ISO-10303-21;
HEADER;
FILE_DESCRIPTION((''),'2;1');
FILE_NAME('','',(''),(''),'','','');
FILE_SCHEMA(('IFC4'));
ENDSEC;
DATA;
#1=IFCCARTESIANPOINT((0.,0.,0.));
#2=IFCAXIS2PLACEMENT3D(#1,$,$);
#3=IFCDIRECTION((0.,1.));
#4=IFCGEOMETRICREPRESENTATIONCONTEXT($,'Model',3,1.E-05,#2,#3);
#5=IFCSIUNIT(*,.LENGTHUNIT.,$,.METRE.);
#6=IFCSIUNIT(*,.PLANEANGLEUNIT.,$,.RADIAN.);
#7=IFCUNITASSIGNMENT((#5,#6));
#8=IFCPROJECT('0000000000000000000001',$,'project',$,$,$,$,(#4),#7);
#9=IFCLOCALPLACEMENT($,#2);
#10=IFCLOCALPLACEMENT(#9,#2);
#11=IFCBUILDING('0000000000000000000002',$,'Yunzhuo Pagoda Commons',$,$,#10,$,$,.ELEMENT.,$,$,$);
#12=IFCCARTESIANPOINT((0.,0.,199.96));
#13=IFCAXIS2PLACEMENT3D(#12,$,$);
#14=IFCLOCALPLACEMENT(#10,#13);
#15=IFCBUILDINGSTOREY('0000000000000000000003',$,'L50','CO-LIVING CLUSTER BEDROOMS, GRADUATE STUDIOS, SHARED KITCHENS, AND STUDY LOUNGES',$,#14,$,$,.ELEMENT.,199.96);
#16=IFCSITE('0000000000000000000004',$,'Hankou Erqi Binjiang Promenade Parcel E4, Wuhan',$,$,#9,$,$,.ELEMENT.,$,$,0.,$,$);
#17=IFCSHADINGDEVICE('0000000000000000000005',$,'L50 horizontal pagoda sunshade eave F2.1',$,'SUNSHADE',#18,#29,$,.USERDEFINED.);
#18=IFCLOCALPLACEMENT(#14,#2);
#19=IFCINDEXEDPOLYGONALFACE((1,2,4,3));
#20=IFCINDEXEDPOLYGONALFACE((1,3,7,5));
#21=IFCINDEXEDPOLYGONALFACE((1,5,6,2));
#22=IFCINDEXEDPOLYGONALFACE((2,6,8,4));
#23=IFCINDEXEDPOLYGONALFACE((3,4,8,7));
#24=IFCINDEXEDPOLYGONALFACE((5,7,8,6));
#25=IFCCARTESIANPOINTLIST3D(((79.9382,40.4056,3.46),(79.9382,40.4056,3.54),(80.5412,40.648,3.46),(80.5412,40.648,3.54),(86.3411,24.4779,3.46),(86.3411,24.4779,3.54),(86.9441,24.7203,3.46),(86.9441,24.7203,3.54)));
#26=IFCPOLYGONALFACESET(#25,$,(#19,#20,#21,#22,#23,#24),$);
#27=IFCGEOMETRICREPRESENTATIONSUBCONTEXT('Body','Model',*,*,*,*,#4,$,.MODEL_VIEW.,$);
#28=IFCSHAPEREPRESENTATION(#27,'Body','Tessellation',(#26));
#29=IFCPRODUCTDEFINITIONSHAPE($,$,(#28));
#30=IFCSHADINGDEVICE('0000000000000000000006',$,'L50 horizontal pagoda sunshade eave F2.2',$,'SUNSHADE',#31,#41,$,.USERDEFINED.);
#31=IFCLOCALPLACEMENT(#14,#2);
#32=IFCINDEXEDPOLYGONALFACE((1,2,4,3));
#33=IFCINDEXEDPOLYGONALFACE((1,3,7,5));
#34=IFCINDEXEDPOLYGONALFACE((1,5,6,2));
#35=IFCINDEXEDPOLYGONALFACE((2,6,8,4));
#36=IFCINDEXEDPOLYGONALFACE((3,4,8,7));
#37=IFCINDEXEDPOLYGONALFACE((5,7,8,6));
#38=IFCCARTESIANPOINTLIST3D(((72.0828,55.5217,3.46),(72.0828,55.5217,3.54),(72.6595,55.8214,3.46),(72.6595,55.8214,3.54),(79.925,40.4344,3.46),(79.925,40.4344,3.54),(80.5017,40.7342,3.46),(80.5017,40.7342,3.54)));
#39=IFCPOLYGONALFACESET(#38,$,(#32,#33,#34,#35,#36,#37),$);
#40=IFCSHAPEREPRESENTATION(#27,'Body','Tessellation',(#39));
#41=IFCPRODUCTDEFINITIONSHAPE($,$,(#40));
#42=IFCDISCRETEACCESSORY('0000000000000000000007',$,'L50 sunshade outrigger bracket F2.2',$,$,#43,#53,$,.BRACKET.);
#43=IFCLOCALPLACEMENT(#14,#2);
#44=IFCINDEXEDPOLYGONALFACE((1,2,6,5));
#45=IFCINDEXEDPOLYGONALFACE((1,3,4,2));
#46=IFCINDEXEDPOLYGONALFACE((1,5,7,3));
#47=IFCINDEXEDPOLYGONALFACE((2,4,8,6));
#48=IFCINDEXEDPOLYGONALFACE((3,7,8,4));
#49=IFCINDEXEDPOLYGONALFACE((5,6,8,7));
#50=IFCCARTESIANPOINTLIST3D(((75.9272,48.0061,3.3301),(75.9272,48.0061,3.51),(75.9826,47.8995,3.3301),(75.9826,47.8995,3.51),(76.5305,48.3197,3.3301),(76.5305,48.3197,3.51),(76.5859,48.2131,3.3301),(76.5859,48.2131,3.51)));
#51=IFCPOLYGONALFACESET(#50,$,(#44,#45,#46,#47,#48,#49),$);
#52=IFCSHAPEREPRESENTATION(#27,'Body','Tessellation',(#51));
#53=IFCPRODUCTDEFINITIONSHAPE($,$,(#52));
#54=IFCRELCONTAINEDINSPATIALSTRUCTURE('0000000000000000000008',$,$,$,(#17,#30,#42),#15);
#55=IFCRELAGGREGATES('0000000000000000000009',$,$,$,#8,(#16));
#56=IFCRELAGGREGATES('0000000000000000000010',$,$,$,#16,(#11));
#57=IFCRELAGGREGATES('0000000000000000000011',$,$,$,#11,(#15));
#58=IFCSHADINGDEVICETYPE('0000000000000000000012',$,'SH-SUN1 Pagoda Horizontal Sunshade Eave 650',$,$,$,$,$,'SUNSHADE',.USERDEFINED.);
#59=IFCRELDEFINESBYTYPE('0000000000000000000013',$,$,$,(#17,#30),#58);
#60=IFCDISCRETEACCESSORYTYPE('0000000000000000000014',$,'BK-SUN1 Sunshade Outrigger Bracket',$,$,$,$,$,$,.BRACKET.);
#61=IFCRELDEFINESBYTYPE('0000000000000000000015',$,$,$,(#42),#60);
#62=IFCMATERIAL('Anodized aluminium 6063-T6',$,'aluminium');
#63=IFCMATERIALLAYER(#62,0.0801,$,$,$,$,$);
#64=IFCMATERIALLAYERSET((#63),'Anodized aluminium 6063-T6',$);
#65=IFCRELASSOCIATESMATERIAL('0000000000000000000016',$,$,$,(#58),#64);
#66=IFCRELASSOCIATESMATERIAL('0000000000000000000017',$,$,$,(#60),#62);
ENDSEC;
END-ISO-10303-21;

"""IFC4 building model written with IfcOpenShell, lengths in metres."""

from ifc_helpers import new_model, si_unit, direction, frame, origin, origin_2d, place, context, subcontext, project, spatial, rectangle, extrude, source, transform, mapped, material, layer, layer_set, type_object, element, save


model = new_model("IFC4")

# Units and contexts
model_context = context("Model", 3, precision=1e-05, world=origin(), true_north=direction((0.0, 1.0)))
body_context = subcontext(model_context, "Body", "Model", "MODEL_VIEW")
ifc_project = project(units=[si_unit("LENGTHUNIT", "METRE"), si_unit("PLANEANGLEUNIT", "RADIAN")], contexts=[model_context])

# Site, building, storey
site_placement = place(None, origin())
site = spatial("IfcSite", under=ifc_project, at=site_placement, Name="Hankou Erqi Binjiang Promenade Parcel E4, Wuhan", CompositionType="ELEMENT", RefElevation=0.0)
building_placement = place(site_placement, origin())
building = spatial("IfcBuilding", under=site, at=building_placement, Name="Yunzhuo Pagoda Commons", CompositionType="ELEMENT")
storey_placement = place(building_placement, frame((0.0, 0.0, 199.96)))
storey = spatial("IfcBuildingStorey", under=building, at=storey_placement, Name="L50", Description="CO-LIVING CLUSTER BEDROOMS, GRADUATE STUDIOS, SHARED KITCHENS, AND STUDY LOUNGES", CompositionType="ELEMENT", Elevation=199.96)

# Shared definitions
ifc_material_1 = material(Name="Anodized aluminium 6063-T6", Category="aluminium")

# Shading devices
ifc_layer_1 = layer(ifc_material_1, 0.0801)
ifc_layer_set_1 = layer_set([ifc_layer_1], Name="Anodized aluminium 6063-T6")
shading_device_type = type_object("IfcShadingDeviceType", Name="SH-SUN1 Pagoda Horizontal Sunshade Eave 650", ElementType="SUNSHADE", PredefinedType="USERDEFINED", material=ifc_layer_set_1)
shared_shape_1 = source(origin(), body_context, "Body", "SweptSolid", [
    extrude(rectangle(XDim=17.1665, YDim=0.6499, at=origin_2d()), origin(), (0.0, 0.0, 1.0), 0.0801),
])
shading_device_1_placement = place(storey_placement, frame((83.4412, 32.563, 3.46), z_axis=(0.0, 0.0, 1.0), x_axis=(-0.372988, 0.927836, 0.0)))
element("IfcShadingDevice", 1, at=shading_device_1_placement, inside=storey, type_object=shading_device_type, Name="L50 horizontal pagoda sunshade eave F2.1", ObjectType="SUNSHADE", PredefinedType="USERDEFINED", context=body_context, shape_type="MappedRepresentation", body=[
    mapped(shared_shape_1, transform((0.0, 0.0, 0.0), scale=1.0)),
])
shared_shape_2 = source(origin(), body_context, "Body", "SweptSolid", [
    extrude(rectangle(XDim=17.0037, YDim=0.6499, at=origin_2d()), origin(), (0.0, 0.0, 1.0), 0.0801),
])
shading_device_2_placement = place(storey_placement, frame((76.2922, 48.1279, 3.46), z_axis=(0.0, 0.0, 1.0), x_axis=(-0.461207, 0.887293, 0.0)))
element("IfcShadingDevice", 2, at=shading_device_2_placement, inside=storey, type_object=shading_device_type, Name="L50 horizontal pagoda sunshade eave F2.2", ObjectType="SUNSHADE", PredefinedType="USERDEFINED", context=body_context, shape_type="MappedRepresentation", body=[
    mapped(shared_shape_2, transform((0.0, 0.0, 0.0), scale=1.0)),
])

# Discrete accessory
discrete_accessory_type = type_object("IfcDiscreteAccessoryType", Name="BK-SUN1 Sunshade Outrigger Bracket", PredefinedType="BRACKET", material=ifc_material_1)
shared_shape_3 = source(origin(), body_context, "Body", "SweptSolid", [
    extrude(rectangle(XDim=0.1201, YDim=0.6799, at=origin_2d()), origin(), (0.0, 0.0, 1.0), 0.1799),
])
discrete_accessory_placement = place(storey_placement, frame((76.2566, 48.1096, 3.3301), z_axis=(0.0, 0.0, 1.0), x_axis=(-0.461207, 0.887293, 0.0)))
element("IfcDiscreteAccessory", 3, at=discrete_accessory_placement, inside=storey, type_object=discrete_accessory_type, Name="L50 sunshade outrigger bracket F2.2", PredefinedType="BRACKET", context=body_context, shape_type="MappedRepresentation", body=[
    mapped(shared_shape_3, transform((0.0, 0.0, 0.0), scale=1.0)),
])

save(model, "model.ifc")
